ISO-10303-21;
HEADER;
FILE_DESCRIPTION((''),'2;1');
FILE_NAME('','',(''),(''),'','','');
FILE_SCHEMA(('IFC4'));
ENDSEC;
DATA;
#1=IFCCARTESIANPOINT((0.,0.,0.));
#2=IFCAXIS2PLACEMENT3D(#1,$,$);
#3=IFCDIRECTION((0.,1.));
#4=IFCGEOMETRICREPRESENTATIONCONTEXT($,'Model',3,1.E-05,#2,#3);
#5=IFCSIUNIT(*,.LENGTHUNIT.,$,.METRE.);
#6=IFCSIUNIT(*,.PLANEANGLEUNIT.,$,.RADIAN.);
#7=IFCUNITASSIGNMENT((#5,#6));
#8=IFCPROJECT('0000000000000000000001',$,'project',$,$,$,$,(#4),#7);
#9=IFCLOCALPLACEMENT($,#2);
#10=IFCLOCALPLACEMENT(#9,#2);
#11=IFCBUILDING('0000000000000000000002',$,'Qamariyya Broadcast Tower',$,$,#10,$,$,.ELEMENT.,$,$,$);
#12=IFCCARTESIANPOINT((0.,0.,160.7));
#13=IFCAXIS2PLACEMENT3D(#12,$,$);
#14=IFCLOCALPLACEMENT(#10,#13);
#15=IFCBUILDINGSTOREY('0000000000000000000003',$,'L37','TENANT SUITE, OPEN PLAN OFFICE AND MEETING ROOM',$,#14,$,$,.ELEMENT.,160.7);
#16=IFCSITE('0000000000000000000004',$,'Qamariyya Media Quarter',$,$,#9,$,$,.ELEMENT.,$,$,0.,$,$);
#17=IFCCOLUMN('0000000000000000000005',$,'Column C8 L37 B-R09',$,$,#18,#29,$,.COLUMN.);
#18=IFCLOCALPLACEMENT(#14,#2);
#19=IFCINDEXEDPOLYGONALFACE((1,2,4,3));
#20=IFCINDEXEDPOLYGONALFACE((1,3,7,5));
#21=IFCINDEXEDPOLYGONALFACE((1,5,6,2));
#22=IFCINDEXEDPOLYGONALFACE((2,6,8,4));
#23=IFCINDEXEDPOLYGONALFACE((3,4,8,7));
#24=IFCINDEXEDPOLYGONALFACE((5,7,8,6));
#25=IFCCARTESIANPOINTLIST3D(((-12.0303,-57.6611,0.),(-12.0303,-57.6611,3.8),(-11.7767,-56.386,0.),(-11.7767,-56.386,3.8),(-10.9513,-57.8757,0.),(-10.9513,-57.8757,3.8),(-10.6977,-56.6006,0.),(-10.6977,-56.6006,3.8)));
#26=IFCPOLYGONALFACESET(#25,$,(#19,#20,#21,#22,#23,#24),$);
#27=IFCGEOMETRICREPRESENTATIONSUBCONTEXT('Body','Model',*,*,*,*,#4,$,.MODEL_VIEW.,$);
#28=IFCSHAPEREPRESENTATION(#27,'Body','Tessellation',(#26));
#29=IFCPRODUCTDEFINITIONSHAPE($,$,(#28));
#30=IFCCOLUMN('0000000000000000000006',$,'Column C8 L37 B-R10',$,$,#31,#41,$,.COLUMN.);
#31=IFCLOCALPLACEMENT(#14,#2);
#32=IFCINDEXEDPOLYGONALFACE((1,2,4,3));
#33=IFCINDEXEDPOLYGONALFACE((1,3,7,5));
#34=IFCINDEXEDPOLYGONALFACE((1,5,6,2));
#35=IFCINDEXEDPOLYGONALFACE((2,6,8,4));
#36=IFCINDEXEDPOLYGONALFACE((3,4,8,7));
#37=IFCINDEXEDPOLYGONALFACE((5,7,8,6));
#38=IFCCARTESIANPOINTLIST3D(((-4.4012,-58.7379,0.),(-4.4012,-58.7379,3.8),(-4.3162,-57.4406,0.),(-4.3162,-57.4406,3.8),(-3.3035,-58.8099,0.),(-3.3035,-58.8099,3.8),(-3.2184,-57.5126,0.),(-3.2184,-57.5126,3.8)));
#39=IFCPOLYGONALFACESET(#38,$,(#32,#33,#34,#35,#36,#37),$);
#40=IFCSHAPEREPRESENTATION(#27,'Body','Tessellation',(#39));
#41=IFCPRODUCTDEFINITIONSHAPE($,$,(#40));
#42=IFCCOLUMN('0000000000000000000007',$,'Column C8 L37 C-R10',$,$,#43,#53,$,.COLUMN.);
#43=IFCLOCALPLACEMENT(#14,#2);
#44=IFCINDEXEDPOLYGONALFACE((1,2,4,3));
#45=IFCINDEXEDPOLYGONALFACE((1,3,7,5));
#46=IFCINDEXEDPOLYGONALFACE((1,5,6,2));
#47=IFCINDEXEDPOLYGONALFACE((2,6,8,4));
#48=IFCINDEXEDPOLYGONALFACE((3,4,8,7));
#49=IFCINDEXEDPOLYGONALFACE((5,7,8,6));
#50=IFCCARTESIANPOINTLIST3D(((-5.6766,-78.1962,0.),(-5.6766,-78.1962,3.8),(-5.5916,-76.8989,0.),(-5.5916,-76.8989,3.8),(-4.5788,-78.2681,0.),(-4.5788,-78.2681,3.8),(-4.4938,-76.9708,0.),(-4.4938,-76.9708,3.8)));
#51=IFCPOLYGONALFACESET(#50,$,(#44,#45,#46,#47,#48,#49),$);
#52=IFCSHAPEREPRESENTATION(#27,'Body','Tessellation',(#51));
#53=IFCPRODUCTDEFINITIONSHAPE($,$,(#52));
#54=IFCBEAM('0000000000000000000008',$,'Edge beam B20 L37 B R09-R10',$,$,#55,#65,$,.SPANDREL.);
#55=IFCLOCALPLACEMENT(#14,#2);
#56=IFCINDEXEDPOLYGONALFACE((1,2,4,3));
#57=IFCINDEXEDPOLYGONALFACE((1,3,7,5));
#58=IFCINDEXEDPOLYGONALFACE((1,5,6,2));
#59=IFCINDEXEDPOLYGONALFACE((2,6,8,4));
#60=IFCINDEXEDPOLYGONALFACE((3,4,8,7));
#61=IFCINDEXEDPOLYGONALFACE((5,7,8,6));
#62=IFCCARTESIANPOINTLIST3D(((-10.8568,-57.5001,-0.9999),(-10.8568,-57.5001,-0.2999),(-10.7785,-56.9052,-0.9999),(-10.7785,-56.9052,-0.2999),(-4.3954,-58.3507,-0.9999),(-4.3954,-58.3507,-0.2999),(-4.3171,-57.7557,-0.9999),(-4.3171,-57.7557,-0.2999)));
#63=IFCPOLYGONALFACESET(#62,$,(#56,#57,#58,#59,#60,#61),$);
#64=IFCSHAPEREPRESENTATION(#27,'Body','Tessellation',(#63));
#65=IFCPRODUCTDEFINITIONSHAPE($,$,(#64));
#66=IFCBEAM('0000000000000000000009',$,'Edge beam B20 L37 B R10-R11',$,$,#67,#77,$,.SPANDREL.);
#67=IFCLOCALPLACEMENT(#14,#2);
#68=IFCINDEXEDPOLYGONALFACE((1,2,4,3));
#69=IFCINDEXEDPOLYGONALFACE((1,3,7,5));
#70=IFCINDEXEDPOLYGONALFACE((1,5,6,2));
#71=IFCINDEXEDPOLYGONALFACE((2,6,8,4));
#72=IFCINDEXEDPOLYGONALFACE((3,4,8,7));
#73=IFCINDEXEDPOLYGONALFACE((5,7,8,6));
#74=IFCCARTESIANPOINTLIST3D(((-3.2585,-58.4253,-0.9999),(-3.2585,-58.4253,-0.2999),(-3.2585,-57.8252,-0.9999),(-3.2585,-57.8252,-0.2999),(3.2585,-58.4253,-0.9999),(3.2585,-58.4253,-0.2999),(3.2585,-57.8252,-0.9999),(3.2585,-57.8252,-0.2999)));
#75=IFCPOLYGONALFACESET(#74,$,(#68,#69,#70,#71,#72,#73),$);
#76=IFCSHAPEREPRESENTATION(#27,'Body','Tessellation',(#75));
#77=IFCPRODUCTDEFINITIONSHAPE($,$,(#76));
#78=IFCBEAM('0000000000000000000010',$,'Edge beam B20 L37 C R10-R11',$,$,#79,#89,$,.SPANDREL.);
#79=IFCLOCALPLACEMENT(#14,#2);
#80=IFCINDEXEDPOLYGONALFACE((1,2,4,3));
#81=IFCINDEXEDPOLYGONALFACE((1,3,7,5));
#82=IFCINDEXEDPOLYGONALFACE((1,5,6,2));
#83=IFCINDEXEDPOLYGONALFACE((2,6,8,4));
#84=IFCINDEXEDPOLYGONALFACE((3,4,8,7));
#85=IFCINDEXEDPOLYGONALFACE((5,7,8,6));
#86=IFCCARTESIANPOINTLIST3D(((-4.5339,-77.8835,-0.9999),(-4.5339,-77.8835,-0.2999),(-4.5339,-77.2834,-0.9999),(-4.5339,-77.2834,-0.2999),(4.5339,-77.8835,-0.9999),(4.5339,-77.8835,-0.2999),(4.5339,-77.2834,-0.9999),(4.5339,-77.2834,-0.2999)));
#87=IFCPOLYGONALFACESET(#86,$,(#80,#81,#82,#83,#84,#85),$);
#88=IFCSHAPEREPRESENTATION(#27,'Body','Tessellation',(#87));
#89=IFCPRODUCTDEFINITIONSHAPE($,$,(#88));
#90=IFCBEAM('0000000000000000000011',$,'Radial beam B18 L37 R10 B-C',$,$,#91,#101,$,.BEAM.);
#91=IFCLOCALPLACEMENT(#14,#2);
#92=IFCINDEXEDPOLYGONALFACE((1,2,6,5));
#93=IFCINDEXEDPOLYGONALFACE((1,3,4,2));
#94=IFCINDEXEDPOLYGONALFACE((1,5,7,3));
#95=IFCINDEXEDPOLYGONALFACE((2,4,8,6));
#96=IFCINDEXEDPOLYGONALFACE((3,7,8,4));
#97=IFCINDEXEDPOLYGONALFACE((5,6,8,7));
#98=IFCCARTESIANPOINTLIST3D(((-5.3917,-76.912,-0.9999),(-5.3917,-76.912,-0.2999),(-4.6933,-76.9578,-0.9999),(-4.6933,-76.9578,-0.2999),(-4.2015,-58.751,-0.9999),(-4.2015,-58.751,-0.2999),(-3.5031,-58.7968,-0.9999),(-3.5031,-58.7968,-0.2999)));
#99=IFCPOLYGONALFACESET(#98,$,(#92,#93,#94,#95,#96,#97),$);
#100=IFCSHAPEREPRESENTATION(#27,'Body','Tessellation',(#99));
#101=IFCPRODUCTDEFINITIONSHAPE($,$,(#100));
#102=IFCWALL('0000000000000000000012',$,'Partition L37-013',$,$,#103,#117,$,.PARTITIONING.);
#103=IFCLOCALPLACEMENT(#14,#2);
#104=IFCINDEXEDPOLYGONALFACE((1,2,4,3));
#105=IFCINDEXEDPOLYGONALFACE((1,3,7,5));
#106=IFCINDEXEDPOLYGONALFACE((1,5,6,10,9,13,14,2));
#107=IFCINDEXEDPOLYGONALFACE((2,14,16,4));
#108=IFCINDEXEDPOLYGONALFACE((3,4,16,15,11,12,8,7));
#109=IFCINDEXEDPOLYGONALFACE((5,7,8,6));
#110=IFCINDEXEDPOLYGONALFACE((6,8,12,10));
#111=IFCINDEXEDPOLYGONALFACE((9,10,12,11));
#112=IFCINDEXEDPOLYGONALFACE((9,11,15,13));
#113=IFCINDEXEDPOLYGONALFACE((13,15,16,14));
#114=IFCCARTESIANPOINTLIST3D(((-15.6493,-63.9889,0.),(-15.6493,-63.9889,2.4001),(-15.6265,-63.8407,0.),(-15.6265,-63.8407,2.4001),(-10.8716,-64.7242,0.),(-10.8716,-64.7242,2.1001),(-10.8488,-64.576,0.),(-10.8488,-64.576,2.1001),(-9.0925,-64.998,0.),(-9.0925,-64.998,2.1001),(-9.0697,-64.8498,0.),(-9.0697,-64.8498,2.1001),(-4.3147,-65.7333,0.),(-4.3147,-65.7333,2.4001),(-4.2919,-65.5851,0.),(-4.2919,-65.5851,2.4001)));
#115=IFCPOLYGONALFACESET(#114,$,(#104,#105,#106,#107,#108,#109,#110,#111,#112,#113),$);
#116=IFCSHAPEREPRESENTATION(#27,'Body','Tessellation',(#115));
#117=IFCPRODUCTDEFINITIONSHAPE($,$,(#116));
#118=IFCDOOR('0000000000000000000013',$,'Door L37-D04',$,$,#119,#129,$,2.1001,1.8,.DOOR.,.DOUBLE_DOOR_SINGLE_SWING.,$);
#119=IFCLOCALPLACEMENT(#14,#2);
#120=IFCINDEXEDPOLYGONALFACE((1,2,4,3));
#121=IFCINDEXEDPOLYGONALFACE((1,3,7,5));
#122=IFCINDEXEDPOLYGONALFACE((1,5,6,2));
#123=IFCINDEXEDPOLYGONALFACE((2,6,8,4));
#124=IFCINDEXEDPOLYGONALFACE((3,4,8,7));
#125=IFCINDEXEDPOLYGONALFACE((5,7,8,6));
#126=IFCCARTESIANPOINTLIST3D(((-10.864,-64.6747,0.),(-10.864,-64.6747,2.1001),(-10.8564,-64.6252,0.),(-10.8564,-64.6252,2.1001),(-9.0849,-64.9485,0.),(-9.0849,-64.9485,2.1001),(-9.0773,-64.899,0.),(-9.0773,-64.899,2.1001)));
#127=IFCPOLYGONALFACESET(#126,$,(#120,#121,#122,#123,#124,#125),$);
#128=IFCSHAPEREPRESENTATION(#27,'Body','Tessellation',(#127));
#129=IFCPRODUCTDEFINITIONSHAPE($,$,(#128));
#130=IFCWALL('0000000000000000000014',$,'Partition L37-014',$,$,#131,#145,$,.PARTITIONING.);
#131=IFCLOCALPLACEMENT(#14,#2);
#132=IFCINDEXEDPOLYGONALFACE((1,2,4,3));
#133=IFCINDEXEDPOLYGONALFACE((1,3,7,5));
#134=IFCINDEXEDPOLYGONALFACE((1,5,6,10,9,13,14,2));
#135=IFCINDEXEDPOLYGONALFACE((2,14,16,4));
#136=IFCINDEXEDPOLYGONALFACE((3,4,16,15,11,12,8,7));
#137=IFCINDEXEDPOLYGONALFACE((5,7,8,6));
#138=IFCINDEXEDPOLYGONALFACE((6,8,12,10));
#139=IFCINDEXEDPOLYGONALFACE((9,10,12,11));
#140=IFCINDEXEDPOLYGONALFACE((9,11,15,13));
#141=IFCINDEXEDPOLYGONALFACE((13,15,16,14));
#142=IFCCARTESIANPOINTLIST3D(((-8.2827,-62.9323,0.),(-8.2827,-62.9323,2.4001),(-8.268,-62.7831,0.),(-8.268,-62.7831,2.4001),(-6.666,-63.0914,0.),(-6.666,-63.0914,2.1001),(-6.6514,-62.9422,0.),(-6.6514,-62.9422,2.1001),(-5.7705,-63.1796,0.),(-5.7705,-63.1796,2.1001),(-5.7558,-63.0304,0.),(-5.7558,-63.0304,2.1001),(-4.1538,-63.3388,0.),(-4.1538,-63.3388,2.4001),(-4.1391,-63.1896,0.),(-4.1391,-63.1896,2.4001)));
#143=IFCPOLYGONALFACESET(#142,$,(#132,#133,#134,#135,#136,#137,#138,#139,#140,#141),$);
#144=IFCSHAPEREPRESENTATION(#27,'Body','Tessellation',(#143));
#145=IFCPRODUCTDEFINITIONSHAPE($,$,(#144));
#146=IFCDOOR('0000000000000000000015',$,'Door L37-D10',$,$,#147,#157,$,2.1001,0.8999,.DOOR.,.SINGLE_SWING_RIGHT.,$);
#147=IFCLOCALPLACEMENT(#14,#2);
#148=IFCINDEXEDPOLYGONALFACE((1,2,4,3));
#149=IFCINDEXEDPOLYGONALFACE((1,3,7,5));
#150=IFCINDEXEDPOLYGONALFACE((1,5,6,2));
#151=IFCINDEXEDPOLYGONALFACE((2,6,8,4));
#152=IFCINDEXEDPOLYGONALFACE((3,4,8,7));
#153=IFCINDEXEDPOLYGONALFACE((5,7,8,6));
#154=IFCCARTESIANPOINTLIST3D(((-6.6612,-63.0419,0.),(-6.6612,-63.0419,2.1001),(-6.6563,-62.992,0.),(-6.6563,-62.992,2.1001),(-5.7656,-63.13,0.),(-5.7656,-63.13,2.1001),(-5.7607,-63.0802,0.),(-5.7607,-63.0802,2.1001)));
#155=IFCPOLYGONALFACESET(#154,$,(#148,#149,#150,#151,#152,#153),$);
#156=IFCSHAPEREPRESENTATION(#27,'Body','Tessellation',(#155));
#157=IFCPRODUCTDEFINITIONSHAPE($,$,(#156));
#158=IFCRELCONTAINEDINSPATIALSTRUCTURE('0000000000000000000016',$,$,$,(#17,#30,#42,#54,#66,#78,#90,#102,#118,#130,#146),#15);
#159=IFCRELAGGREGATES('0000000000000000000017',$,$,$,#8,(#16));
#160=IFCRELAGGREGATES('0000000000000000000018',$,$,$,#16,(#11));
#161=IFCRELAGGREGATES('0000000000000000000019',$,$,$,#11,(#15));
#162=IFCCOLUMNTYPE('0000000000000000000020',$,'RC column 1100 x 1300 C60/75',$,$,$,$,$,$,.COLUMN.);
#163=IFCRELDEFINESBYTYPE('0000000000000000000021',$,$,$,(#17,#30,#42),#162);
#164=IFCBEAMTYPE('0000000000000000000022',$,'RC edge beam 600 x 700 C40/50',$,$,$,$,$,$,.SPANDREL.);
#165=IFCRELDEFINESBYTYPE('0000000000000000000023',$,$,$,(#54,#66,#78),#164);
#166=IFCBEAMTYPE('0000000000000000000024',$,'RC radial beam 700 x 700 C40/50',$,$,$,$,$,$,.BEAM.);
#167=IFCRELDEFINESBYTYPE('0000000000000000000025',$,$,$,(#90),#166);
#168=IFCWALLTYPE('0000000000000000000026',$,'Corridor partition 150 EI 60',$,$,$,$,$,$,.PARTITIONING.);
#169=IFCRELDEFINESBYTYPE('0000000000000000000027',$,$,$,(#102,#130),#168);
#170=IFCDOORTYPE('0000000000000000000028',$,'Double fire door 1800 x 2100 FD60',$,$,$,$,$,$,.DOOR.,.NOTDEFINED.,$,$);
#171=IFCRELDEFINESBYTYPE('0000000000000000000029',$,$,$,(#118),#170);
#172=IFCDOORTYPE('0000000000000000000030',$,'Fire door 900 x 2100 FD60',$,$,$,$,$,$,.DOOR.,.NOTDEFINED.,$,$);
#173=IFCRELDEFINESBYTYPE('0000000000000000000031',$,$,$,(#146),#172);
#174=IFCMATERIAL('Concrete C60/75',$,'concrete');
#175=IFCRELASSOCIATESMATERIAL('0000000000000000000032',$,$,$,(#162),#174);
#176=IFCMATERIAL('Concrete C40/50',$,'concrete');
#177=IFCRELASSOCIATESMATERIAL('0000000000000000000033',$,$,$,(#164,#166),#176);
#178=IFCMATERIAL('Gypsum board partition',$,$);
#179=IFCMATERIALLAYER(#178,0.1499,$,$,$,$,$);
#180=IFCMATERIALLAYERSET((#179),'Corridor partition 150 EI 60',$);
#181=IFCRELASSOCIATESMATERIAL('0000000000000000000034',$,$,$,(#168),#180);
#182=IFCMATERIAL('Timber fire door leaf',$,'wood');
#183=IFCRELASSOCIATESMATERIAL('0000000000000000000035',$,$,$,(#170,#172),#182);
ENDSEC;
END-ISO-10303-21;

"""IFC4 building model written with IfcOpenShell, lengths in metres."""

from ifc_helpers import new_model, si_unit, direction, frame, frame_2d, origin, origin_2d, place, context, subcontext, project, spatial, rectangle, extrude, material, layer, layer_set, material_profile, profile_set, type_object, element, fill, save


model = new_model("IFC4")

# Units and contexts
model_context = context("Model", 3, precision=1e-05, world=origin(), true_north=direction((0.0, 1.0)))
body_context = subcontext(model_context, "Body", "Model", "MODEL_VIEW")
ifc_project = project(units=[si_unit("LENGTHUNIT", "METRE"), si_unit("PLANEANGLEUNIT", "RADIAN")], contexts=[model_context])

# Site, building, storey
site_placement = place(None, origin())
site = spatial("IfcSite", under=ifc_project, at=site_placement, Name="Qamariyya Media Quarter", CompositionType="ELEMENT", RefElevation=0.0)
building_placement = place(site_placement, origin())
building = spatial("IfcBuilding", under=site, at=building_placement, Name="Qamariyya Broadcast Tower", CompositionType="ELEMENT")
storey_placement = place(building_placement, frame((0.0, 0.0, 160.7)))
storey = spatial("IfcBuildingStorey", under=building, at=storey_placement, Name="L37", Description="TENANT SUITE, OPEN PLAN OFFICE AND MEETING ROOM", CompositionType="ELEMENT", Elevation=160.7)

# Columns
ifc_material_1 = material(Name="Concrete C60/75", Category="concrete")
ifc_material_profile_1 = material_profile(ifc_material_1, rectangle(XDim=1.1001, YDim=1.3, at=origin_2d()))
ifc_profile_set_1 = profile_set([ifc_material_profile_1], Name="Concrete C60/75")
column_type = type_object("IfcColumnType", Name="RC column 1100 x 1300 C60/75", PredefinedType="COLUMN", material=ifc_profile_set_1)
for number, where, z_axis, x_axis, name in (
    (1, (-11.364, -57.1309, 0.0), (0.0, 0.0, 1.0), (0.980785, -0.19509, 0.0), "Column C8 L37 B-R09"),
    (2, (-3.8098, -58.1252, 0.0), (0.0, 0.0, 1.0), (0.997859, -0.065403, 0.0), "Column C8 L37 B-R10"),
    (3, (-5.0852, -77.5835, 0.0), (0.0, 0.0, 1.0), (0.997859, -0.065403, 0.0), "Column C8 L37 C-R10"),
):
    element("IfcColumn", number, at=place(storey_placement, frame(where, z_axis=z_axis, x_axis=x_axis)), inside=storey, type_object=column_type, Name=name, PredefinedType="COLUMN", context=body_context, shape_type="SweptSolid", body=[
        extrude(rectangle(XDim=1.1001, YDim=1.3, at=origin_2d()), origin(), (0.0, 0.0, 1.0), 3.8),
    ])

# Beams
ifc_material_2 = material(Name="Concrete C40/50", Category="concrete")
ifc_material_profile_2 = material_profile(ifc_material_2, rectangle(XDim=0.6001, YDim=0.7, at=origin_2d()))
ifc_profile_set_2 = profile_set([ifc_material_profile_2], Name="Concrete C40/50")
beam_type_1 = type_object("IfcBeamType", Name="RC edge beam 600 x 700 C40/50", PredefinedType="SPANDREL", material=ifc_profile_set_2)
for number, where, z_axis, x_axis, name in (
    (4, (-10.8176, -57.2026, -0.6499), (0.991446, -0.130515, 0.0), (0.130515, 0.991446, 0.0), "Edge beam B20 L37 B R09-R10"),
    (5, (-3.2585, -58.1252, -0.6499), (1.0, 0.0, 0.0), (0.0, 1.0, 0.0), "Edge beam B20 L37 B R10-R11"),
):
    element("IfcBeam", number, at=place(storey_placement, frame(where, z_axis=z_axis, x_axis=x_axis)), inside=storey, type_object=beam_type_1, Name=name, PredefinedType="SPANDREL", context=body_context, shape_type="SweptSolid", body=[
        extrude(rectangle(XDim=0.6001, YDim=0.7, at=origin_2d()), origin(), (0.0, 0.0, 1.0), 6.5171),
    ])
beam_1_placement = place(storey_placement, frame((-4.5339, -77.5835, -0.6499), z_axis=(1.0, 0.0, 0.0), x_axis=(0.0, 1.0, 0.0)))
element("IfcBeam", 6, at=beam_1_placement, inside=storey, type_object=beam_type_1, Name="Edge beam B20 L37 C R10-R11", PredefinedType="SPANDREL", context=body_context, shape_type="SweptSolid", body=[
    extrude(rectangle(XDim=0.6001, YDim=0.7, at=origin_2d()), origin(), (0.0, 0.0, 1.0), 9.0679),
])
ifc_material_profile_3 = material_profile(ifc_material_2, rectangle(XDim=0.7, YDim=0.7, at=origin_2d()))
ifc_profile_set_3 = profile_set([ifc_material_profile_3], Name="Concrete C40/50")
beam_type_2 = type_object("IfcBeamType", Name="RC radial beam 700 x 700 C40/50", PredefinedType="BEAM", material=ifc_profile_set_3)
beam_2_placement = place(storey_placement, frame((-3.8523, -58.7739, -0.6499), z_axis=(-0.065395, -0.997859, 0.0), x_axis=(0.997859, -0.065395, 0.0)))
element("IfcBeam", 7, at=beam_2_placement, inside=storey, type_object=beam_type_2, Name="Radial beam B18 L37 R10 B-C", PredefinedType="BEAM", context=body_context, shape_type="SweptSolid", body=[
    extrude(rectangle(XDim=0.7, YDim=0.7, at=origin_2d()), origin(), (0.0, 0.0, 1.0), 18.2),
])

# Walls, openings, doors
ifc_material_3 = material(Name="Gypsum board partition")
ifc_layer_1 = layer(ifc_material_3, 0.1499)
ifc_layer_set_1 = layer_set([ifc_layer_1], Name="Corridor partition 150 EI 60")
wall_type_1 = type_object("IfcWallType", Name="Corridor partition 150 EI 60", PredefinedType="PARTITIONING", material=ifc_layer_set_1)
wall_1_placement = place(storey_placement, frame((-4.3035, -65.6592, 0.0), z_axis=(0.0, 0.0, 1.0), x_axis=(-0.988364, 0.15211, 0.0)))
wall_1 = element("IfcWall", 8, at=wall_1_placement, inside=storey, type_object=wall_type_1, Name="Partition L37-013", PredefinedType="PARTITIONING", context=body_context, shape_type="SweptSolid", body=[
    extrude(rectangle(XDim=11.468, YDim=0.1499, at=frame_2d((5.7339, 0.0))), origin(), (0.0, 0.0, 1.0), 2.4001),
])
opening_1_placement = place(wall_1_placement, frame((4.834, 0.0, 0.0)))
opening_1 = element("IfcOpeningElement", 9, at=opening_1_placement, cuts=wall_1, PredefinedType="OPENING", context=body_context, shape_type="SweptSolid", body=[
    extrude(rectangle(XDim=1.8, YDim=2.1001, at=frame_2d((0.8999, 1.05))), frame((0.0, 0.085, 0.0), z_axis=(0.0, -1.0, 0.0), x_axis=(1.0, 0.0, 0.0)), (0.0, 0.0, 1.0), 0.1699),
])
ifc_material_4 = material(Name="Timber fire door leaf", Category="wood")
door_type_1 = type_object("IfcDoorType", Name="Double fire door 1800 x 2100 FD60", OperationType="NOTDEFINED", PredefinedType="DOOR", material=ifc_material_4)
door_1_placement = place(opening_1_placement, origin())
door_1 = element("IfcDoor", 10, at=door_1_placement, inside=storey, type_object=door_type_1, Name="Door L37-D04", OperationType="DOUBLE_DOOR_SINGLE_SWING", OverallHeight=2.1001, OverallWidth=1.8, PredefinedType="DOOR", context=body_context, shape_type="SweptSolid", body=[
    extrude(rectangle(XDim=1.8, YDim=2.1001, at=frame_2d((0.8999, 1.05))), frame((0.0, 0.0249, 0.0), z_axis=(0.0, -1.0, 0.0), x_axis=(1.0, 0.0, 0.0)), (0.0, 0.0, 1.0), 0.05),
])
fill(opening_1, door_1)
wall_2_placement = place(storey_placement, frame((-8.2754, -62.8577, 0.0), z_axis=(0.0, 0.0, 1.0), x_axis=(0.995189, -0.097977, 0.0)))
wall_2 = element("IfcWall", 11, at=wall_2_placement, inside=storey, type_object=wall_type_1, Name="Partition L37-014", PredefinedType="PARTITIONING", context=body_context, shape_type="SweptSolid", body=[
    extrude(rectangle(XDim=4.1489, YDim=0.1499, at=frame_2d((2.0745, 0.0))), origin(), (0.0, 0.0, 1.0), 2.4001),
])
opening_2_placement = place(wall_2_placement, frame((1.6245, 0.0, 0.0)))
opening_2 = element("IfcOpeningElement", 12, at=opening_2_placement, cuts=wall_2, PredefinedType="OPENING", context=body_context, shape_type="SweptSolid", body=[
    extrude(rectangle(XDim=0.8999, YDim=2.1001, at=frame_2d((0.45, 1.05))), frame((0.0, 0.085, 0.0), z_axis=(0.0, -1.0, 0.0), x_axis=(1.0, 0.0, 0.0)), (0.0, 0.0, 1.0), 0.1699),
])
door_type_2 = type_object("IfcDoorType", Name="Fire door 900 x 2100 FD60", OperationType="NOTDEFINED", PredefinedType="DOOR", material=ifc_material_4)
door_2_placement = place(opening_2_placement, origin())
door_2 = element("IfcDoor", 13, at=door_2_placement, inside=storey, type_object=door_type_2, Name="Door L37-D10", OperationType="SINGLE_SWING_RIGHT", OverallHeight=2.1001, OverallWidth=0.8999, PredefinedType="DOOR", context=body_context, shape_type="SweptSolid", body=[
    extrude(rectangle(XDim=0.8999, YDim=2.1001, at=frame_2d((0.45, 1.05))), frame((0.0, 0.0249, 0.0), z_axis=(0.0, -1.0, 0.0), x_axis=(1.0, 0.0, 0.0)), (0.0, 0.0, 1.0), 0.05),
])
fill(opening_2, door_2)

save(model, "model.ifc")
